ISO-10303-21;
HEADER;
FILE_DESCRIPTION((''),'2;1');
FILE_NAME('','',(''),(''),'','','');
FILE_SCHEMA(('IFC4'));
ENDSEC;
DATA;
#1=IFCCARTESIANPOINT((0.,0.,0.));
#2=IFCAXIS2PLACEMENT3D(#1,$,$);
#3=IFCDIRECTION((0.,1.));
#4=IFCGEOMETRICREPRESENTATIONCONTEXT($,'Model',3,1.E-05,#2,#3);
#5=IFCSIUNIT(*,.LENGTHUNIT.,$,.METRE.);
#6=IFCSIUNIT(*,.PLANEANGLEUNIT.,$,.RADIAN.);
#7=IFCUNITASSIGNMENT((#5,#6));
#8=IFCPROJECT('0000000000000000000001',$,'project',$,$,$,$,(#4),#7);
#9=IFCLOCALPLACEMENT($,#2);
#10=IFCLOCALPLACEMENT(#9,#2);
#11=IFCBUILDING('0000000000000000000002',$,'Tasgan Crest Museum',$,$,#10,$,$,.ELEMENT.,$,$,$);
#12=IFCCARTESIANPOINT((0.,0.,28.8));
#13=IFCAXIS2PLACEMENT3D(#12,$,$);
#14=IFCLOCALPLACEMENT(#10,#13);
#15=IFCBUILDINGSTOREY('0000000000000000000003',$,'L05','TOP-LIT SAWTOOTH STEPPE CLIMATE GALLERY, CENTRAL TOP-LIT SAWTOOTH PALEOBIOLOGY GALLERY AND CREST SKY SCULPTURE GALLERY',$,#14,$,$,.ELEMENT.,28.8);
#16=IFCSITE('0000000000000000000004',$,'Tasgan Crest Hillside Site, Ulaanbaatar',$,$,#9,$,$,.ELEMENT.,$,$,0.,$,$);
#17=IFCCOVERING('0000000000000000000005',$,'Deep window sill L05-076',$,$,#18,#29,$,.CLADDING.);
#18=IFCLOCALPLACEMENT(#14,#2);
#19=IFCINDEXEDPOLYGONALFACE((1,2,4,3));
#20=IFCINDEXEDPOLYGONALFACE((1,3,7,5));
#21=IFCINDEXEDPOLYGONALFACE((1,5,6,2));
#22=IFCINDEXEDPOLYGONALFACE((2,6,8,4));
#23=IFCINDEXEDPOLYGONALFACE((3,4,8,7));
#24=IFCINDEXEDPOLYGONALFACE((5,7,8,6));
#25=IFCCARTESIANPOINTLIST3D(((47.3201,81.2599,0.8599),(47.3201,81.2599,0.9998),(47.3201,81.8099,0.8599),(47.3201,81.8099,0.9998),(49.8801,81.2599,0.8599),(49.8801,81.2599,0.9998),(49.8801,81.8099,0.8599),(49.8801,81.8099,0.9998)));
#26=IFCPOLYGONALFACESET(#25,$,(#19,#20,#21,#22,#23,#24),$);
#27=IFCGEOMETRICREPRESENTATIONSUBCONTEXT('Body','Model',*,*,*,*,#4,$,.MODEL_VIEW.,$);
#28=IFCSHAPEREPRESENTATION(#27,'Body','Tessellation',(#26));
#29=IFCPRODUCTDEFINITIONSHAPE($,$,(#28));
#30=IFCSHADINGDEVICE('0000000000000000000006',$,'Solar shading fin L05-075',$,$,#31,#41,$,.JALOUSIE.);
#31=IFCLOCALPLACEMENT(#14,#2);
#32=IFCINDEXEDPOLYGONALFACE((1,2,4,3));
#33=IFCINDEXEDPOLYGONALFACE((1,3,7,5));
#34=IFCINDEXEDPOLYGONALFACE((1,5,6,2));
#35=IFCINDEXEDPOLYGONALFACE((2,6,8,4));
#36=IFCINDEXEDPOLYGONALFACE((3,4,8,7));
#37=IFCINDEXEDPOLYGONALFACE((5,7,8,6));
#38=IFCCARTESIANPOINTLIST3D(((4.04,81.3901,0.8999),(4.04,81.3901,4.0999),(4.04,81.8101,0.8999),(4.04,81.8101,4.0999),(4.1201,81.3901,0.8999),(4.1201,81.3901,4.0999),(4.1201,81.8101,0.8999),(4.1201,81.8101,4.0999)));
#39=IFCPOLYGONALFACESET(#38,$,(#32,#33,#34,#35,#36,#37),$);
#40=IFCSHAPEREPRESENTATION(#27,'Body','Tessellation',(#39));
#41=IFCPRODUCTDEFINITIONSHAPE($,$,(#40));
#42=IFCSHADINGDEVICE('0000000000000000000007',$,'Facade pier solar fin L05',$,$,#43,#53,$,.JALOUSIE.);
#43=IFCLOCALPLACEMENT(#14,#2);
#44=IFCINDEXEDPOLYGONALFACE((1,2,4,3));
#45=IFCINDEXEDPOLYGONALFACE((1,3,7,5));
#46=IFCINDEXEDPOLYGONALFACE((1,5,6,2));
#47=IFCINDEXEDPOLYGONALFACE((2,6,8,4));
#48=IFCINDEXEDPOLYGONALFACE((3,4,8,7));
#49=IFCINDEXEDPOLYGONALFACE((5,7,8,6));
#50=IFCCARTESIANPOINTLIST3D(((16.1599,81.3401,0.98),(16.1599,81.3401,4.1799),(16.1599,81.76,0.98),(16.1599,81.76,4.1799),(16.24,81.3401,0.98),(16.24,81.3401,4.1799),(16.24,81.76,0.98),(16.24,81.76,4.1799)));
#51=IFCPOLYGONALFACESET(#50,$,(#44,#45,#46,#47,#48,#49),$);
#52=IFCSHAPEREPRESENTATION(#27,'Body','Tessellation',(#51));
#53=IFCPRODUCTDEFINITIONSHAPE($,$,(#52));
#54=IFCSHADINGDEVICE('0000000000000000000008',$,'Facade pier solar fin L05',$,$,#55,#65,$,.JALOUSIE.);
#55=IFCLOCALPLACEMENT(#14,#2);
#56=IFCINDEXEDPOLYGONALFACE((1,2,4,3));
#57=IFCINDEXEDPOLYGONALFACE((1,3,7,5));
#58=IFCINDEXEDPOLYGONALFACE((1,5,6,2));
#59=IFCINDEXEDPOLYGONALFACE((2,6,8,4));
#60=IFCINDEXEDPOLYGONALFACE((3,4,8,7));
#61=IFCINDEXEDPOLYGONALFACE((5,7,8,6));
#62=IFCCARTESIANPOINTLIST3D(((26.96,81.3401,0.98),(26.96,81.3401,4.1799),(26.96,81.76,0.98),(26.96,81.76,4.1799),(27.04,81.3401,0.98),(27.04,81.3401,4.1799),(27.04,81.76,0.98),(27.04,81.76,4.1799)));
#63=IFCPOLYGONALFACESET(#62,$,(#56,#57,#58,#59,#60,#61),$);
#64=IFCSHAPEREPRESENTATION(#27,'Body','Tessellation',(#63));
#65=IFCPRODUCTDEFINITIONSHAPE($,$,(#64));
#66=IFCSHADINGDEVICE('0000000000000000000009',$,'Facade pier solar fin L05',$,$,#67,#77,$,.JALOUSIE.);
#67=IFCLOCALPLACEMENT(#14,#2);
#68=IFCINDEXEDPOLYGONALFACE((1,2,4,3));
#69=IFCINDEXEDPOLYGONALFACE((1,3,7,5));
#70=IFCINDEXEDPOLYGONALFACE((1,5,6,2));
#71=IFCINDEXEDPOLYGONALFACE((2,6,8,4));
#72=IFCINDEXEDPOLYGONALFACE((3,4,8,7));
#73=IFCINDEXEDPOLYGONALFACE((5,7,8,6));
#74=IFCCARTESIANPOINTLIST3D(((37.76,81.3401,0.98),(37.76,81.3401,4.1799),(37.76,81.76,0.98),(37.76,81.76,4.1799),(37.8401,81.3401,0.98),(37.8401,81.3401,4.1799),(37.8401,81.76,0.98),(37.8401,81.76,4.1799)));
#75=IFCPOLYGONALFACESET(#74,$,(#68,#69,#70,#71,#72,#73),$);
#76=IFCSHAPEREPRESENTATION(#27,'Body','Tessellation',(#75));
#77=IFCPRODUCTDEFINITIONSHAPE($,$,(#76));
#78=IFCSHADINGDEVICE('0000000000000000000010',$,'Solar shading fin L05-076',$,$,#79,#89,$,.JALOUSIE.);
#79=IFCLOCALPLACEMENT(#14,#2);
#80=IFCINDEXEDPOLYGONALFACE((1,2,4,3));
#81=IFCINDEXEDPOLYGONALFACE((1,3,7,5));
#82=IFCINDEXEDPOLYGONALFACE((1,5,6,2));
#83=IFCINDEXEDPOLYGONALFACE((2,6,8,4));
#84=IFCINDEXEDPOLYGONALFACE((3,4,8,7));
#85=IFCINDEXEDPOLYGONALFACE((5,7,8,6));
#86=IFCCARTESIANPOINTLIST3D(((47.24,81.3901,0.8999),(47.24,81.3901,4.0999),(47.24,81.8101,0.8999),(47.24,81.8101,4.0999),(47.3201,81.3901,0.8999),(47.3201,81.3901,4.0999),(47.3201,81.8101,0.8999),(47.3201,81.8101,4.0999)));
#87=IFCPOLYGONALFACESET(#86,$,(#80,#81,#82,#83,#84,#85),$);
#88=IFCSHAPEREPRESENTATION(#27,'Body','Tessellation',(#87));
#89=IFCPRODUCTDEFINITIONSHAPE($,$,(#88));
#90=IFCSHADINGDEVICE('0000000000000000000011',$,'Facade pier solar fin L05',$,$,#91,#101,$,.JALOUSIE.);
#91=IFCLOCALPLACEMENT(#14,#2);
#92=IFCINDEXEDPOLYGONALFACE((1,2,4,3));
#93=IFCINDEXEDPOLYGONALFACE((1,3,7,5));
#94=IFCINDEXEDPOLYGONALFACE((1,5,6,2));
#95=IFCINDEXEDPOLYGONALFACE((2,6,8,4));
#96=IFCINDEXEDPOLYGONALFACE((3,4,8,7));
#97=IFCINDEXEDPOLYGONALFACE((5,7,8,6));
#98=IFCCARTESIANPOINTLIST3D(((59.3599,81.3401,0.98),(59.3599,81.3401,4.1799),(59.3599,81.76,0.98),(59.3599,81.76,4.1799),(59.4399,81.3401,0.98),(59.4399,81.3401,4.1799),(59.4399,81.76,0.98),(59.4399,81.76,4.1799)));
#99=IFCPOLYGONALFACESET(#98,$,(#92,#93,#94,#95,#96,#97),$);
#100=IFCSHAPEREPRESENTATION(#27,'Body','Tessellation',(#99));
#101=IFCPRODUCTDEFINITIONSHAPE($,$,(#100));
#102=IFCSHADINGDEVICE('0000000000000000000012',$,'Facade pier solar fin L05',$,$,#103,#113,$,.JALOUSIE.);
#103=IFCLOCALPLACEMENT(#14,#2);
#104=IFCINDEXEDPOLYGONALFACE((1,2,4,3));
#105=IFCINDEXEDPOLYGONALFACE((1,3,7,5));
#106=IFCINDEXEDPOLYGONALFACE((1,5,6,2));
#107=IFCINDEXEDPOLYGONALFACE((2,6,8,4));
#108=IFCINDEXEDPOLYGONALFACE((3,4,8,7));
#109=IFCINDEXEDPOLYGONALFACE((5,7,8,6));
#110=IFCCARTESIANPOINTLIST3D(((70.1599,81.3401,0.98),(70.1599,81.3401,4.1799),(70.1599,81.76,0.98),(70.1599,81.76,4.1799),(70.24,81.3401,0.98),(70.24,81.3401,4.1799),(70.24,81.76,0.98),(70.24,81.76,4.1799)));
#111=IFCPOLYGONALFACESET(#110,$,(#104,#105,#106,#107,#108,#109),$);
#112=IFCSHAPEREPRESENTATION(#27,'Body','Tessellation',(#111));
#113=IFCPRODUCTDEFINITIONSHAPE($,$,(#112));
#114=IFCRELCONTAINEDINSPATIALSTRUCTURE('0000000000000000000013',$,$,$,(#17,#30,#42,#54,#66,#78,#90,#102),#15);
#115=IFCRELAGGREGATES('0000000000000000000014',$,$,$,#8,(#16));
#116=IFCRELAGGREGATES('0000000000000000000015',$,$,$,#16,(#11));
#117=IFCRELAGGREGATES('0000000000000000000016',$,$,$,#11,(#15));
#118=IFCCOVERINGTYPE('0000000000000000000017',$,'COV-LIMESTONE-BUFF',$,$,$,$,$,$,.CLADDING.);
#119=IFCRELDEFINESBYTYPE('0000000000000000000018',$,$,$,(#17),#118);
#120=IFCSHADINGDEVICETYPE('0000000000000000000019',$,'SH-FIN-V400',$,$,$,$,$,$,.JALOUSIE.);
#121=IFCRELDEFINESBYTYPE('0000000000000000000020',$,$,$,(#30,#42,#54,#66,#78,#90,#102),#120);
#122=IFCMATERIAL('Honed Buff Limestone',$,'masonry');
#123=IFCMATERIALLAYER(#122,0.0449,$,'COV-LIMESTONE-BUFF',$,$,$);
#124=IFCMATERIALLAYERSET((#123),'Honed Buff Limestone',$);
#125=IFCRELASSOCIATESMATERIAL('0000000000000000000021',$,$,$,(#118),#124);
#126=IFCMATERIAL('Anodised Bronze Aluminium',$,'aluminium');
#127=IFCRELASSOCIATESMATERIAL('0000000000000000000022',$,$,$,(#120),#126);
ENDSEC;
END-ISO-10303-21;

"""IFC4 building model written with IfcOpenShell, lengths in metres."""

from ifc_helpers import new_model, si_unit, direction, frame, origin, origin_2d, place, context, subcontext, project, spatial, rectangle, extrude, material, layer, layer_set, type_object, element, save


model = new_model("IFC4")

# Units and contexts
model_context = context("Model", 3, precision=1e-05, world=origin(), true_north=direction((0.0, 1.0)))
body_context = subcontext(model_context, "Body", "Model", "MODEL_VIEW")
ifc_project = project(units=[si_unit("LENGTHUNIT", "METRE"), si_unit("PLANEANGLEUNIT", "RADIAN")], contexts=[model_context])

# Site, building, storey
site_placement = place(None, origin())
site = spatial("IfcSite", under=ifc_project, at=site_placement, Name="Tasgan Crest Hillside Site, Ulaanbaatar", CompositionType="ELEMENT", RefElevation=0.0)
building_placement = place(site_placement, origin())
building = spatial("IfcBuilding", under=site, at=building_placement, Name="Tasgan Crest Museum", CompositionType="ELEMENT")
storey_placement = place(building_placement, frame((0.0, 0.0, 28.8)))
storey = spatial("IfcBuildingStorey", under=building, at=storey_placement, Name="L05", Description="TOP-LIT SAWTOOTH STEPPE CLIMATE GALLERY, CENTRAL TOP-LIT SAWTOOTH PALEOBIOLOGY GALLERY AND CREST SKY SCULPTURE GALLERY", CompositionType="ELEMENT", Elevation=28.8)

# Covering
ifc_material_1 = material(Name="Honed Buff Limestone", Category="masonry")
ifc_layer_1 = layer(ifc_material_1, 0.0449, Name="COV-LIMESTONE-BUFF")
ifc_layer_set_1 = layer_set([ifc_layer_1], Name="Honed Buff Limestone")
covering_type_1 = type_object("IfcCoveringType", Name="COV-LIMESTONE-BUFF", PredefinedType="CLADDING", material=ifc_layer_set_1)
covering_1_placement = place(storey_placement, frame((48.6001, 81.5349, 0.8599), z_axis=(0.0, 0.0, 1.0), x_axis=(1.0, 0.0, 0.0)))
element("IfcCovering", 1, at=covering_1_placement, inside=storey, type_object=covering_type_1, Name="Deep window sill L05-076", PredefinedType="CLADDING", context=body_context, shape_type="SweptSolid", body=[
    extrude(rectangle(XDim=2.5601, YDim=0.55, at=origin_2d()), origin(), (0.0, 0.0, 1.0), 0.1399),
])

# Shading devices
ifc_material_2 = material(Name="Anodised Bronze Aluminium", Category="aluminium")
shading_device_type = type_object("IfcShadingDeviceType", Name="SH-FIN-V400", PredefinedType="JALOUSIE", material=ifc_material_2)
for number, where, z_axis, x_axis, name in (
    (2, (4.0801, 81.6001, 0.8999), (0.0, 0.0, 1.0), (1.0, 0.0, 0.0), "Solar shading fin L05-075"),
    (3, (16.2, 81.55, 0.98), (0.0, 0.0, 1.0), (1.0, 0.0, 0.0), "Facade pier solar fin L05"),
    (4, (27.0, 81.55, 0.98), (0.0, 0.0, 1.0), (1.0, 0.0, 0.0), "Facade pier solar fin L05"),
    (5, (37.8, 81.55, 0.98), (0.0, 0.0, 1.0), (1.0, 0.0, 0.0), "Facade pier solar fin L05"),
    (6, (47.28, 81.6001, 0.8999), (0.0, 0.0, 1.0), (1.0, 0.0, 0.0), "Solar shading fin L05-076"),
    (7, (59.3999, 81.55, 0.98), (0.0, 0.0, 1.0), (1.0, 0.0, 0.0), "Facade pier solar fin L05"),
    (8, (70.2, 81.55, 0.98), (0.0, 0.0, 1.0), (1.0, 0.0, 0.0), "Facade pier solar fin L05"),
):
    element("IfcShadingDevice", number, at=place(storey_placement, frame(where, z_axis=z_axis, x_axis=x_axis)), inside=storey, type_object=shading_device_type, Name=name, PredefinedType="JALOUSIE", context=body_context, shape_type="SweptSolid", body=[
        extrude(rectangle(XDim=0.0801, YDim=0.4199, at=origin_2d()), origin(), (0.0, 0.0, 1.0), 3.2),
    ])

save(model, "model.ifc")
